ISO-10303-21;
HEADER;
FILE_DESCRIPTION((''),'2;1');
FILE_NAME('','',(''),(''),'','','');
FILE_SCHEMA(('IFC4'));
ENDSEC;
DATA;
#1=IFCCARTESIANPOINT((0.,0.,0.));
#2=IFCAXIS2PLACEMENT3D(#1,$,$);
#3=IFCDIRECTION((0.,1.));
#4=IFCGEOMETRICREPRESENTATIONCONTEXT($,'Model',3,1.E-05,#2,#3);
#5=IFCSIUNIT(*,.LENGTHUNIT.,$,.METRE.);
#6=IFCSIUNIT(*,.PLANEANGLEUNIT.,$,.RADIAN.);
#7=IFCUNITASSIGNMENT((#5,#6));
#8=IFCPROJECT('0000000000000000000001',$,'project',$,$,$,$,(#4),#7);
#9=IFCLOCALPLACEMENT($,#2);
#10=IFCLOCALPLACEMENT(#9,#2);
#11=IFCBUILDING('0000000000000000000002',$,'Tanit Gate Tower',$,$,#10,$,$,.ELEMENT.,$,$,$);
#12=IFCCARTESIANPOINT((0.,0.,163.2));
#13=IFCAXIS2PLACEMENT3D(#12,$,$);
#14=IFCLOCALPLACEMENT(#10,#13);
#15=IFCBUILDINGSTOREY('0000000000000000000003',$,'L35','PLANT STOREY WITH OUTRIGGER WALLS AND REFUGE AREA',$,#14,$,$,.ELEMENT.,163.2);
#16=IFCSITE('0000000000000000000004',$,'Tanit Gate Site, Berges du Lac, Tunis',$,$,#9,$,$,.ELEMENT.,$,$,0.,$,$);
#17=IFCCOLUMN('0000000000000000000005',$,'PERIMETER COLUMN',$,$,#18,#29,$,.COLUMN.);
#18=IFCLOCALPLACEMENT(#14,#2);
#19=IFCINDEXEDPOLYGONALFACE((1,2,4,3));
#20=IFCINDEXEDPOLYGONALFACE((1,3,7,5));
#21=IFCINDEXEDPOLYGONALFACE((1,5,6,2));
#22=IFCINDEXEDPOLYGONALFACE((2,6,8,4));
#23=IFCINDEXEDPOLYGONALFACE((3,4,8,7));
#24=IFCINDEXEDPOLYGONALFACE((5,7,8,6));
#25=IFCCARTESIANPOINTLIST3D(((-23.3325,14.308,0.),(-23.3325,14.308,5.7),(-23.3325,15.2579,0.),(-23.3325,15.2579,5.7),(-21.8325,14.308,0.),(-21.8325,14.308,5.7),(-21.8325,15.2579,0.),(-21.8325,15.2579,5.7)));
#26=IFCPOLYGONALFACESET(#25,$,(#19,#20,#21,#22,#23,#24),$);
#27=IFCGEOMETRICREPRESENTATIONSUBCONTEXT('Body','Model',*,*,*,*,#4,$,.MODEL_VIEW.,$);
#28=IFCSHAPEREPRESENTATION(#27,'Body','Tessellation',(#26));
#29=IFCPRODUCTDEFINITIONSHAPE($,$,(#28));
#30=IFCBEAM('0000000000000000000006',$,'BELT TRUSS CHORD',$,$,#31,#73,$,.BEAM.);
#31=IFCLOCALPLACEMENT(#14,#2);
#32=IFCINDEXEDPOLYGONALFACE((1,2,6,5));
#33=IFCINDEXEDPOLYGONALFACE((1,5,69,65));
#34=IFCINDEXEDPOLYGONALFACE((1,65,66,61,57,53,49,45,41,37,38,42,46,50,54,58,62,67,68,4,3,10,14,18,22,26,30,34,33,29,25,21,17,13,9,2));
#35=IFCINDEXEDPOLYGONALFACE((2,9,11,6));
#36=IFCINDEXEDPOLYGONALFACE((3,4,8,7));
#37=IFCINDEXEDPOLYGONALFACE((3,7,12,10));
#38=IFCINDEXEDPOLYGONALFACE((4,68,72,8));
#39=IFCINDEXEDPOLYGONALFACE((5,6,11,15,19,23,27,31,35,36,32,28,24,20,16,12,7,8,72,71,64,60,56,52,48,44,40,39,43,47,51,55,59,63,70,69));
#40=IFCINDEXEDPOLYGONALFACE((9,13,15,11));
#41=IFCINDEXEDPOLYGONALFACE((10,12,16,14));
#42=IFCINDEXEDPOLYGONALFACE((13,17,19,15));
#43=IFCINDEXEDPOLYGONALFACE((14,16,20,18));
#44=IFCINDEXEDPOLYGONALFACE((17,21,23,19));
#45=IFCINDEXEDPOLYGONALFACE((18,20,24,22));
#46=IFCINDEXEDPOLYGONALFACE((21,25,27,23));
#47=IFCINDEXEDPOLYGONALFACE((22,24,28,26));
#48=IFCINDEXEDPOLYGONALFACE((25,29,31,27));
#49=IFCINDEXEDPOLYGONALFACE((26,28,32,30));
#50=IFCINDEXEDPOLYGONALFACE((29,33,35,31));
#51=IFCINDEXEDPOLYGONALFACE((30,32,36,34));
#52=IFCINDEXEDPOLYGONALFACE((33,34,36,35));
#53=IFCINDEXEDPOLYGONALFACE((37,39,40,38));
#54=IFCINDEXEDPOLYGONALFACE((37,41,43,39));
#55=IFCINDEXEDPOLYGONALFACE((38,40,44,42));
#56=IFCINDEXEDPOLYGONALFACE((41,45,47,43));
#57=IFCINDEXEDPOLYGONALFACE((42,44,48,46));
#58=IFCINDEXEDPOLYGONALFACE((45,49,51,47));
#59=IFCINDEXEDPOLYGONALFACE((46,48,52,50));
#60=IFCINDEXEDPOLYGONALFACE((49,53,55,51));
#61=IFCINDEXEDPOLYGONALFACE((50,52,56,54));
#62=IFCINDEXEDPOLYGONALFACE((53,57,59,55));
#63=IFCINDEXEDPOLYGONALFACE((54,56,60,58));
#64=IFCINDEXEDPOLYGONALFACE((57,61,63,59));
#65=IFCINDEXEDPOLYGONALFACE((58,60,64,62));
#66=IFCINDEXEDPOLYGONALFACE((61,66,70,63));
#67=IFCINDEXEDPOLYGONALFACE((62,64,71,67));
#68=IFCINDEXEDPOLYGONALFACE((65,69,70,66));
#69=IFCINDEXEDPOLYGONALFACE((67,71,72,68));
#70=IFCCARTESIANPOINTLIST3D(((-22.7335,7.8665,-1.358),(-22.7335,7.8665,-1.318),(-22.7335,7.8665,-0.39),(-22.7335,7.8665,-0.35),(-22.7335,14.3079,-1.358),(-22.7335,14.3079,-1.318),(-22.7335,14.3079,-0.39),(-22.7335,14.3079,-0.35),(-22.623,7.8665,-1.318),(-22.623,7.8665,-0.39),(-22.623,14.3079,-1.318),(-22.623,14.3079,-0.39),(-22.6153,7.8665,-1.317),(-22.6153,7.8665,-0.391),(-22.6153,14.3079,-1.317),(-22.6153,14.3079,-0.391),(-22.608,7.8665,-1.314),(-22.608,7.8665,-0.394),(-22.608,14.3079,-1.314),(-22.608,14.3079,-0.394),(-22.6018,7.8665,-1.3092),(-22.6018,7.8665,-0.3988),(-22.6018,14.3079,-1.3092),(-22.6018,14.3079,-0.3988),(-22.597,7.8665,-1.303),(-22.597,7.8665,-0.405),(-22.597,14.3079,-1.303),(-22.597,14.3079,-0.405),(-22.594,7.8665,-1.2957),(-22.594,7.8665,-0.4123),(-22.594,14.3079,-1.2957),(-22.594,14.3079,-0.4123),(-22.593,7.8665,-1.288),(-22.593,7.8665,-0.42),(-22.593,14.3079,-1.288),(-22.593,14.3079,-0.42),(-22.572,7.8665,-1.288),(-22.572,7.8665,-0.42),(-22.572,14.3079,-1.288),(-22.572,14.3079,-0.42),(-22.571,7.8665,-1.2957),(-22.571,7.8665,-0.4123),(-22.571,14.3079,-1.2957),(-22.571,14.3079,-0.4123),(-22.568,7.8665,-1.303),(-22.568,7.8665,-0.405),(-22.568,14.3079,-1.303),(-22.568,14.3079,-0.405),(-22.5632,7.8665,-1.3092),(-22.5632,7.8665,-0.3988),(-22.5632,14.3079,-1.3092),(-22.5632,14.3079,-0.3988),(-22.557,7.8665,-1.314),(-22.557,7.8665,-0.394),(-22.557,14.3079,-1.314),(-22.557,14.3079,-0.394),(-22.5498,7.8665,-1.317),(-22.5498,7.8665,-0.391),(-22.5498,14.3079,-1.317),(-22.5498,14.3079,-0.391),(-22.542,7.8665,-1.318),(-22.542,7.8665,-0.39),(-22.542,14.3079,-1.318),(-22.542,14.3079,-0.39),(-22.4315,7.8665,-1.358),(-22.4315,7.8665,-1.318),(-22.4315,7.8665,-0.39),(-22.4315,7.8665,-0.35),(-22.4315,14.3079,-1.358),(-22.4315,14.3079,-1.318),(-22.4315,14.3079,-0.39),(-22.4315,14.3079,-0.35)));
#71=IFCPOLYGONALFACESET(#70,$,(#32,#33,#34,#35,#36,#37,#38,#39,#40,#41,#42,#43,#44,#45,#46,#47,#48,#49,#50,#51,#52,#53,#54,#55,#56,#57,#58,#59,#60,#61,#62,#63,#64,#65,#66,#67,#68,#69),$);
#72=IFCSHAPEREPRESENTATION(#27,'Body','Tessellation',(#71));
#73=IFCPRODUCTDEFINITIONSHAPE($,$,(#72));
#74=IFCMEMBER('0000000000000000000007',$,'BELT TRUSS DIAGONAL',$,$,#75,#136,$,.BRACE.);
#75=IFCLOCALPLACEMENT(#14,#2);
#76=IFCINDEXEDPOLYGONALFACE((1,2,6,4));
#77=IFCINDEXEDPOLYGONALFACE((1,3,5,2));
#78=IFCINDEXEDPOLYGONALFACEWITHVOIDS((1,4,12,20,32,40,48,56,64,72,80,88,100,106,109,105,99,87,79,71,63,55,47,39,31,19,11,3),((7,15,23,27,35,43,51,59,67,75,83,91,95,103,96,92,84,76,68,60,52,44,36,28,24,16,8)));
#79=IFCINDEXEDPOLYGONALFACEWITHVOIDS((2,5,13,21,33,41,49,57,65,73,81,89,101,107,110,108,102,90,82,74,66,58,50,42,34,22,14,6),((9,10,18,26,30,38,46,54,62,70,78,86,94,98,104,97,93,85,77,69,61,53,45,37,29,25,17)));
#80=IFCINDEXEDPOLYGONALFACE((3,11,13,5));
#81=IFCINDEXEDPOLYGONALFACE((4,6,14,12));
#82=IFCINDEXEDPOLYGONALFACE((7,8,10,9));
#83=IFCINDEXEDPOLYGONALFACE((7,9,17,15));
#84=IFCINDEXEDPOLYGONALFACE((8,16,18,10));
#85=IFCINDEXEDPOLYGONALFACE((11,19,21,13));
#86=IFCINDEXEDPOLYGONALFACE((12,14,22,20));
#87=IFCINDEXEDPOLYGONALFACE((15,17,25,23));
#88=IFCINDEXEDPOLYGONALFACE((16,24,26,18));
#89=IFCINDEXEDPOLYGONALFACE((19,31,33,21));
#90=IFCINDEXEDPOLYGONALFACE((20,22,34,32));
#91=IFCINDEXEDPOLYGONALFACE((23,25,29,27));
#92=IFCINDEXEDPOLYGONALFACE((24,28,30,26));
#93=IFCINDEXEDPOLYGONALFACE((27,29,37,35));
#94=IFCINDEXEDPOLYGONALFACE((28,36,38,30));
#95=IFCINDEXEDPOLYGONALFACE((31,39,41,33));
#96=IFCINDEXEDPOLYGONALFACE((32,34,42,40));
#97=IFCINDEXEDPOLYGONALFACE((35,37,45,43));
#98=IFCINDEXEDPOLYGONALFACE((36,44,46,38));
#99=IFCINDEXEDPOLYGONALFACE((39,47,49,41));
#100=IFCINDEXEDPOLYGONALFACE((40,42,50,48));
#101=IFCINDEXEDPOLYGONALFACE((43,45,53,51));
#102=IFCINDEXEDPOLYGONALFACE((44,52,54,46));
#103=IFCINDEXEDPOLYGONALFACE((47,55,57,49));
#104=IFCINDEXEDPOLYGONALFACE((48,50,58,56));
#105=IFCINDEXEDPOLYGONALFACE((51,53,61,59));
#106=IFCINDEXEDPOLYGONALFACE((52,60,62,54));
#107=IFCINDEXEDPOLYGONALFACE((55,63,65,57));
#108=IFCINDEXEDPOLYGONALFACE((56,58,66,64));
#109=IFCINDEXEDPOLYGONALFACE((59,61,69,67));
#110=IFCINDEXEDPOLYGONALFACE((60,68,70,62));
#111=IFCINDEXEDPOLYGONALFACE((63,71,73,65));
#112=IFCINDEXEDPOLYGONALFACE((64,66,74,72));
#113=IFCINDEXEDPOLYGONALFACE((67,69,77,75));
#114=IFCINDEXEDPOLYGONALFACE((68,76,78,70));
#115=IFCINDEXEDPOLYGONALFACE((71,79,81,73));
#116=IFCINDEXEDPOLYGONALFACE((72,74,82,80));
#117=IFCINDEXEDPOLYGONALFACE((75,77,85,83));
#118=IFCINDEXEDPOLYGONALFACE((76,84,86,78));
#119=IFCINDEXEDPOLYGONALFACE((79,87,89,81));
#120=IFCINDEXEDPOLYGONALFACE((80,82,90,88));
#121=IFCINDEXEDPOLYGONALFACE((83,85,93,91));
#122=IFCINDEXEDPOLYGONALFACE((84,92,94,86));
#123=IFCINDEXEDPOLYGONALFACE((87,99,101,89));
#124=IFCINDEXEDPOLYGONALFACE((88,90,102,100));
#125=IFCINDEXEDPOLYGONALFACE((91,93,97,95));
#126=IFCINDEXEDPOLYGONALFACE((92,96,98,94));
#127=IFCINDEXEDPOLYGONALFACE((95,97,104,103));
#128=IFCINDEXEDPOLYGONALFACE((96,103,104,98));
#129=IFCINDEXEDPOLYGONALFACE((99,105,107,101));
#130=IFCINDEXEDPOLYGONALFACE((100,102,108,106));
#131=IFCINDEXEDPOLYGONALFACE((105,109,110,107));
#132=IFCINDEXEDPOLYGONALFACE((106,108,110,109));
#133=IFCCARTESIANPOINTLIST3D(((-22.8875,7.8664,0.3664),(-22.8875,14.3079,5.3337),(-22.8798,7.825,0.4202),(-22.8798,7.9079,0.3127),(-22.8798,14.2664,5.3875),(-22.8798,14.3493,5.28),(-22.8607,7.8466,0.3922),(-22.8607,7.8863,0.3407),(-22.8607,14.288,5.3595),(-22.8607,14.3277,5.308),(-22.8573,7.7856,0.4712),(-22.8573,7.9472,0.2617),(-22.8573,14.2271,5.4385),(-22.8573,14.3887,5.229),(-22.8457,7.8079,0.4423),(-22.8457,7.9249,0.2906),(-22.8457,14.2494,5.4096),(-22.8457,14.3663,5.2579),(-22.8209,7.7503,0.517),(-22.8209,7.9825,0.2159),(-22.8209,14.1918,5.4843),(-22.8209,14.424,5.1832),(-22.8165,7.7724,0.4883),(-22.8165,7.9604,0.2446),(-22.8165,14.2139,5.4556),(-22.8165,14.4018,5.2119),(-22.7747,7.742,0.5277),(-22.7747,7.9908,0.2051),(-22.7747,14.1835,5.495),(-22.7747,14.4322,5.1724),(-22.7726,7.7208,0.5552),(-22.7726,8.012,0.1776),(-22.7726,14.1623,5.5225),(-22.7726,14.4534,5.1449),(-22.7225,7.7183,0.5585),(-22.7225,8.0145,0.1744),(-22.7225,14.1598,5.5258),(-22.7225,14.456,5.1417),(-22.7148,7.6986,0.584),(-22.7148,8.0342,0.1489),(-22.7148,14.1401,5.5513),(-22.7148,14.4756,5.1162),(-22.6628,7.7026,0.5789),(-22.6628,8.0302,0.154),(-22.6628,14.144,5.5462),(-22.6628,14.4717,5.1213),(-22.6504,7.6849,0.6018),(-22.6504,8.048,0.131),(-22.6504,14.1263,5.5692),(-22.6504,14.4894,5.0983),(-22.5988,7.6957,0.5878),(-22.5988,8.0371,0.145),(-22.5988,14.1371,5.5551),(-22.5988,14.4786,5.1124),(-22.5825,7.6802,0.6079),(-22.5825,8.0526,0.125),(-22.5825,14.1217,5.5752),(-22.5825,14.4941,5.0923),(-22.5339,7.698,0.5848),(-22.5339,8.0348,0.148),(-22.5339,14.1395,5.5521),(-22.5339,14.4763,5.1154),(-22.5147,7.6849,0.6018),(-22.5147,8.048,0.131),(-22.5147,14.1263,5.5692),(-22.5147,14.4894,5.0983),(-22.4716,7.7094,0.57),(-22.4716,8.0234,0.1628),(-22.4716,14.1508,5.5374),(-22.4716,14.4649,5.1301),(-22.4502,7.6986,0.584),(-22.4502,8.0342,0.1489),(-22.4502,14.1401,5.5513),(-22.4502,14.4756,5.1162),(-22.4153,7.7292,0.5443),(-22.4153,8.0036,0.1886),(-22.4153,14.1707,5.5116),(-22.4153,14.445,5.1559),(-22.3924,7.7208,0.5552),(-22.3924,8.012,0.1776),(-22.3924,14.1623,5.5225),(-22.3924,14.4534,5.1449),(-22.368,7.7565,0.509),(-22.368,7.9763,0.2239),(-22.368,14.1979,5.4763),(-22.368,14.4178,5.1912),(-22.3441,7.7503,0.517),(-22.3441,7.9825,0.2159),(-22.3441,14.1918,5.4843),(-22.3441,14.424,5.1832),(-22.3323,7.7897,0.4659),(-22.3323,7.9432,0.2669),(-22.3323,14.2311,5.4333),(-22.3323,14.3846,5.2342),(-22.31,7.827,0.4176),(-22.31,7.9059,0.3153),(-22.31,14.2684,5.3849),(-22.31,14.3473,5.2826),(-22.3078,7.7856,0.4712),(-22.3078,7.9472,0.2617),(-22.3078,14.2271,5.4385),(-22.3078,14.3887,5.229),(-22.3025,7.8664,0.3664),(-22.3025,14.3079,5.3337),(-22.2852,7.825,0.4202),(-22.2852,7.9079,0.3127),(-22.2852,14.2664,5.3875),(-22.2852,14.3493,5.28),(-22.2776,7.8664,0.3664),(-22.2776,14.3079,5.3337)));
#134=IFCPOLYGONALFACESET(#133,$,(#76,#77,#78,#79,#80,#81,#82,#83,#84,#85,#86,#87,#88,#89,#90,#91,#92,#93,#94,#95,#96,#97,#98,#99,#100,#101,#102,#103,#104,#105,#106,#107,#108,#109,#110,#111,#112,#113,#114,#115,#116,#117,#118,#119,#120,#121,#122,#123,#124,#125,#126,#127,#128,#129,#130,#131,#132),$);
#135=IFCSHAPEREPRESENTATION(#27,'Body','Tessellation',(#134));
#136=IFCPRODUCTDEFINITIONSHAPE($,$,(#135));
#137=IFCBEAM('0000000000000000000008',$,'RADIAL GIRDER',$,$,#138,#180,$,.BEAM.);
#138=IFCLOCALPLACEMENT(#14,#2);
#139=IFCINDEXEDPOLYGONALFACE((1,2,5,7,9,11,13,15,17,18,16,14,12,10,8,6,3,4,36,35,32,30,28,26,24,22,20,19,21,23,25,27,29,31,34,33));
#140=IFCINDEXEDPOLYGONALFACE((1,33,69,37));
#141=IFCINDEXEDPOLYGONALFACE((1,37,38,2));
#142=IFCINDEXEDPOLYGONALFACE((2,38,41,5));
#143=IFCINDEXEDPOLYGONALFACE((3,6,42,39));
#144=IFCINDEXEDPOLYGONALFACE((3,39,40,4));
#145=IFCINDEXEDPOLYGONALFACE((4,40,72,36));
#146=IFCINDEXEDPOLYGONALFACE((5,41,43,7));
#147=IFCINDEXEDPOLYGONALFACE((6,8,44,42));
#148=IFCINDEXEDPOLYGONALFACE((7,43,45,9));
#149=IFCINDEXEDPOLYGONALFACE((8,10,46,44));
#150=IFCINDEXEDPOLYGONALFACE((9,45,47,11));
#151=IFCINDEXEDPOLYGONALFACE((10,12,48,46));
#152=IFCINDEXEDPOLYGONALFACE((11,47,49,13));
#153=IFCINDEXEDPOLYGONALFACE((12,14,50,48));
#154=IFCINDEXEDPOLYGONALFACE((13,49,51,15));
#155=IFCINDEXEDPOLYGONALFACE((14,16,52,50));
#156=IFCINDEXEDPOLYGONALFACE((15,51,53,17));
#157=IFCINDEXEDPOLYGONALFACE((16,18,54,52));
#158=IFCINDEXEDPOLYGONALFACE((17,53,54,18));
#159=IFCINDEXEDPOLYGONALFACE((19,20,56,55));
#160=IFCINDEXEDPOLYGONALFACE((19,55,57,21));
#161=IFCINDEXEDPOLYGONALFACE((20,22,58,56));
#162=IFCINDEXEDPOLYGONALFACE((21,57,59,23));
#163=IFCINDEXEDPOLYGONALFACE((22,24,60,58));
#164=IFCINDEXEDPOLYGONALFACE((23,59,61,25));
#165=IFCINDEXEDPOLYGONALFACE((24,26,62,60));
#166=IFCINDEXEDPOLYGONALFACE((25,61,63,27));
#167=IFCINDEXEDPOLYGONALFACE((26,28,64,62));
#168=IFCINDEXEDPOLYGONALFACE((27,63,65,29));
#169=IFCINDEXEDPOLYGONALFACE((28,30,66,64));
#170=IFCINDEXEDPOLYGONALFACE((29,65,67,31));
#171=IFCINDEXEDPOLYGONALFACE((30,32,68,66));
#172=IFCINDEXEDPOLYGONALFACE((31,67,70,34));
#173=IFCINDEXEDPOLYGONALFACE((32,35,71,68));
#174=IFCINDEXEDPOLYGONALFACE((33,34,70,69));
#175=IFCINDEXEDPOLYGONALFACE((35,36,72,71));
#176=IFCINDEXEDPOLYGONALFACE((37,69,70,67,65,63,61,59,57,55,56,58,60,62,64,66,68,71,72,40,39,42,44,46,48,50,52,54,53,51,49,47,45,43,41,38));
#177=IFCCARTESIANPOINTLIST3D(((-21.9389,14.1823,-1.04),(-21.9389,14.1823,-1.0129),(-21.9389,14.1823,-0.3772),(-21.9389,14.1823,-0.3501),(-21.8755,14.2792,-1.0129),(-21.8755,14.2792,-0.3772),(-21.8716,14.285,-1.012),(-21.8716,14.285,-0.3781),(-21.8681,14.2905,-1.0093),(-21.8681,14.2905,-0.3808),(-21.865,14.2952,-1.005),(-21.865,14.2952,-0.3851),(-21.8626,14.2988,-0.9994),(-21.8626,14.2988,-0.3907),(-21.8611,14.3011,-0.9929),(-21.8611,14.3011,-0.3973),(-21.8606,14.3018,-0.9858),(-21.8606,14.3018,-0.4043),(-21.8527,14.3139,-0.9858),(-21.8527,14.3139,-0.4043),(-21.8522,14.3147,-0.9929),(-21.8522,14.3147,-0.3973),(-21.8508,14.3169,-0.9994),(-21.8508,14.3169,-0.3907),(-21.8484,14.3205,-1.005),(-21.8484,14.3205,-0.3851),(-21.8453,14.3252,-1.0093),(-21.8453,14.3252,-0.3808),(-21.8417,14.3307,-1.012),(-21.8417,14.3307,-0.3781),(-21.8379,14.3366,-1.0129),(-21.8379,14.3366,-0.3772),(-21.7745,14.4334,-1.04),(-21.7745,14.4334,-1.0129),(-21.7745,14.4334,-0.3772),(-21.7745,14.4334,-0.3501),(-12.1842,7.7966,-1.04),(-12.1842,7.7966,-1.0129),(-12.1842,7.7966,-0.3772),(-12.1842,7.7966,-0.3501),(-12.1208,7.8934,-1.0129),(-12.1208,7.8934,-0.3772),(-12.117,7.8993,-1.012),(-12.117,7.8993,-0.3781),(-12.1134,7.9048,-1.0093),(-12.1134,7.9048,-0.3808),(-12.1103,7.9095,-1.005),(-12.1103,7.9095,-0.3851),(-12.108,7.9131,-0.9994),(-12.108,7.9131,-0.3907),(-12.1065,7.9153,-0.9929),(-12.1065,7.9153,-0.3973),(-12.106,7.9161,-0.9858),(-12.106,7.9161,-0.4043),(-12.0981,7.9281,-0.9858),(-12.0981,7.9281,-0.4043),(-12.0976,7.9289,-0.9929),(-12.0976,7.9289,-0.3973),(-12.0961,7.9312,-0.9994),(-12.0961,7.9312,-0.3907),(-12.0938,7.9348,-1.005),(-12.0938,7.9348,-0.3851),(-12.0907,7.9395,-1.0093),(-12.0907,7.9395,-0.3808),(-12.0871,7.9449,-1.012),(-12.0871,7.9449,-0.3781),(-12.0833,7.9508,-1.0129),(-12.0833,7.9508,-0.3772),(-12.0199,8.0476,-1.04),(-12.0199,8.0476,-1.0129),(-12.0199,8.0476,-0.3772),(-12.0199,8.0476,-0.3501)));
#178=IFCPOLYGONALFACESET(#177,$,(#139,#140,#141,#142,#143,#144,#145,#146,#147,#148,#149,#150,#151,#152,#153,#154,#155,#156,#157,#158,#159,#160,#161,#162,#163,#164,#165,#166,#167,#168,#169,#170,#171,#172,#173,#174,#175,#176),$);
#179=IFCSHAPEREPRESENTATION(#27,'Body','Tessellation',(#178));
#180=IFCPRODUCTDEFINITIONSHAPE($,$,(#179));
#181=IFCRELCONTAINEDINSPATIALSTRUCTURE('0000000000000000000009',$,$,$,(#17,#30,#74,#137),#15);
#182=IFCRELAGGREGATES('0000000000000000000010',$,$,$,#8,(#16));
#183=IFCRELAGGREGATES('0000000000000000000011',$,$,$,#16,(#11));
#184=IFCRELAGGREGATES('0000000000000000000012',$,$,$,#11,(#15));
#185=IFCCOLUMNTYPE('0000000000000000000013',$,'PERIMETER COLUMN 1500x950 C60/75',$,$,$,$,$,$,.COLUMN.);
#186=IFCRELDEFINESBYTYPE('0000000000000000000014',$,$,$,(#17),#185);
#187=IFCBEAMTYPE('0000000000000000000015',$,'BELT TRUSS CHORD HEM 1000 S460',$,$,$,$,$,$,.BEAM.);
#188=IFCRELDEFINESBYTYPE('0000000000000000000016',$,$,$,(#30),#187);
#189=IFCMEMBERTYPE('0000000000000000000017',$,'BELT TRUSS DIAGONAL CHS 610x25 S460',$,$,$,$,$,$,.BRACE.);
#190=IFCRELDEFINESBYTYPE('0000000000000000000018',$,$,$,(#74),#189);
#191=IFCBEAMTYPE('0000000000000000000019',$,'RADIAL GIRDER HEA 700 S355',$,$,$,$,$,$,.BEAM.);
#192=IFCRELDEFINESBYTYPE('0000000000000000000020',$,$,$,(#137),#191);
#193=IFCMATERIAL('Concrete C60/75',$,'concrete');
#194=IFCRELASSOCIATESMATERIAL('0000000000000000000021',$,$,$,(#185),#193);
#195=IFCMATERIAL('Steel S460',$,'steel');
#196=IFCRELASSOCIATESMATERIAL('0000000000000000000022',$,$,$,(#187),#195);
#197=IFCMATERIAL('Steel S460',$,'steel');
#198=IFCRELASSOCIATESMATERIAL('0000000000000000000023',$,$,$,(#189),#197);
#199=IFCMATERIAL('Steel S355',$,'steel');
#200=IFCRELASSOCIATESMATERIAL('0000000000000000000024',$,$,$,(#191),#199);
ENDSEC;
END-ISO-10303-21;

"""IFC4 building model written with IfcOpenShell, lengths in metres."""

from ifc_helpers import new_model, si_unit, direction, frame, origin, origin_2d, place, context, subcontext, project, spatial, rectangle, hollow_circle, i_section, extrude, material, material_profile, profile_set, type_object, element, save


model = new_model("IFC4")

# Units and contexts
model_context = context("Model", 3, precision=1e-05, world=origin(), true_north=direction((0.0, 1.0)))
body_context = subcontext(model_context, "Body", "Model", "MODEL_VIEW")
ifc_project = project(units=[si_unit("LENGTHUNIT", "METRE"), si_unit("PLANEANGLEUNIT", "RADIAN")], contexts=[model_context])

# Site, building, storey
site_placement = place(None, origin())
site = spatial("IfcSite", under=ifc_project, at=site_placement, Name="Tanit Gate Site, Berges du Lac, Tunis", CompositionType="ELEMENT", RefElevation=0.0)
building_placement = place(site_placement, origin())
building = spatial("IfcBuilding", under=site, at=building_placement, Name="Tanit Gate Tower", CompositionType="ELEMENT")
storey_placement = place(building_placement, frame((0.0, 0.0, 163.2)))
storey = spatial("IfcBuildingStorey", under=building, at=storey_placement, Name="L35", Description="PLANT STOREY WITH OUTRIGGER WALLS AND REFUGE AREA", CompositionType="ELEMENT", Elevation=163.2)

# Column
ifc_material_1 = material(Name="Concrete C60/75", Category="concrete")
ifc_material_profile_1 = material_profile(ifc_material_1, rectangle(XDim=1.5, YDim=0.95, at=origin_2d()), Name="RC 1500x950")
ifc_profile_set_1 = profile_set([ifc_material_profile_1], Name="Concrete C60/75")
column_type = type_object("IfcColumnType", Name="PERIMETER COLUMN 1500x950 C60/75", PredefinedType="COLUMN", material=ifc_profile_set_1)
column_placement = place(storey_placement, frame((-22.5825, 14.783, 0.0), z_axis=(0.0, 0.0, 1.0), x_axis=(-1.0, 0.0, 0.0)))
element("IfcColumn", 1, at=column_placement, inside=storey, type_object=column_type, Name="PERIMETER COLUMN", PredefinedType="COLUMN", context=body_context, shape_type="SweptSolid", body=[
    extrude(rectangle(XDim=1.5, YDim=0.95, at=origin_2d()), origin(), (0.0, 0.0, 1.0), 5.7),
])

# Beam
ifc_material_2 = material(Name="Steel S460", Category="steel")
ifc_material_profile_2 = material_profile(ifc_material_2, i_section(OverallWidth=0.302, OverallDepth=1.0081, WebThickness=0.021, FlangeThickness=0.04, FilletRadius=0.03, at=origin_2d()), Name="HEM 1000")
ifc_profile_set_2 = profile_set([ifc_material_profile_2], Name="Steel S460")
beam_type_1 = type_object("IfcBeamType", Name="BELT TRUSS CHORD HEM 1000 S460", PredefinedType="BEAM", material=ifc_profile_set_2)
beam_1_placement = place(storey_placement, frame((-22.5825, 14.3079, -0.854), z_axis=(0.0, -1.0, 0.0), x_axis=(1.0, 0.0, 0.0)))
element("IfcBeam", 2, at=beam_1_placement, inside=storey, type_object=beam_type_1, Name="BELT TRUSS CHORD", PredefinedType="BEAM", context=body_context, shape_type="SweptSolid", body=[
    extrude(i_section(OverallWidth=0.302, OverallDepth=1.0081, WebThickness=0.021, FlangeThickness=0.04, FilletRadius=0.03, at=origin_2d()), origin(), (0.0, 0.0, 1.0), 6.4414),
])

# Member
ifc_material_3 = material(Name="Steel S460", Category="steel")
ifc_material_profile_3 = material_profile(ifc_material_3, hollow_circle(Radius=0.3049, WallThickness=0.0249, at=origin_2d()), Name="CHS 610x25")
ifc_profile_set_3 = profile_set([ifc_material_profile_3], Name="Steel S460")
member_type = type_object("IfcMemberType", Name="BELT TRUSS DIAGONAL CHS 610x25 S460", PredefinedType="BRACE", material=ifc_profile_set_3)
member_placement = place(storey_placement, frame((-22.5825, 14.3079, 5.3337), z_axis=(0.0, -0.791889, -0.610665), x_axis=(1.0, 0.0, 0.0)))
element("IfcMember", 3, at=member_placement, inside=storey, type_object=member_type, Name="BELT TRUSS DIAGONAL", PredefinedType="BRACE", context=body_context, shape_type="SweptSolid", body=[
    extrude(hollow_circle(Radius=0.3049, WallThickness=0.0249, at=origin_2d()), origin(), (0.0, 0.0, 1.0), 8.1343),
])

# Beam
ifc_material_4 = material(Name="Steel S355", Category="steel")
ifc_material_profile_4 = material_profile(ifc_material_4, i_section(OverallWidth=0.3, OverallDepth=0.6899, WebThickness=0.0144, FlangeThickness=0.0271, FilletRadius=0.0271, at=origin_2d()), Name="HEA 700")
ifc_profile_set_4 = profile_set([ifc_material_profile_4], Name="Steel S355")
beam_type_2 = type_object("IfcBeamType", Name="RADIAL GIRDER HEA 700 S355", PredefinedType="BEAM", material=ifc_profile_set_4)
beam_2_placement = place(storey_placement, frame((-21.8567, 14.3079, -0.6951), z_axis=(0.836667, -0.547712, 0.0), x_axis=(0.547712, 0.836667, 0.0)))
element("IfcBeam", 4, at=beam_2_placement, inside=storey, type_object=beam_type_2, Name="RADIAL GIRDER", PredefinedType="BEAM", context=body_context, shape_type="SweptSolid", body=[
    extrude(i_section(OverallWidth=0.3, OverallDepth=0.6899, WebThickness=0.0144, FlangeThickness=0.0271, FilletRadius=0.0271, at=origin_2d()), origin(), (0.0, 0.0, 1.0), 11.6589),
])

save(model, "model.ifc")
